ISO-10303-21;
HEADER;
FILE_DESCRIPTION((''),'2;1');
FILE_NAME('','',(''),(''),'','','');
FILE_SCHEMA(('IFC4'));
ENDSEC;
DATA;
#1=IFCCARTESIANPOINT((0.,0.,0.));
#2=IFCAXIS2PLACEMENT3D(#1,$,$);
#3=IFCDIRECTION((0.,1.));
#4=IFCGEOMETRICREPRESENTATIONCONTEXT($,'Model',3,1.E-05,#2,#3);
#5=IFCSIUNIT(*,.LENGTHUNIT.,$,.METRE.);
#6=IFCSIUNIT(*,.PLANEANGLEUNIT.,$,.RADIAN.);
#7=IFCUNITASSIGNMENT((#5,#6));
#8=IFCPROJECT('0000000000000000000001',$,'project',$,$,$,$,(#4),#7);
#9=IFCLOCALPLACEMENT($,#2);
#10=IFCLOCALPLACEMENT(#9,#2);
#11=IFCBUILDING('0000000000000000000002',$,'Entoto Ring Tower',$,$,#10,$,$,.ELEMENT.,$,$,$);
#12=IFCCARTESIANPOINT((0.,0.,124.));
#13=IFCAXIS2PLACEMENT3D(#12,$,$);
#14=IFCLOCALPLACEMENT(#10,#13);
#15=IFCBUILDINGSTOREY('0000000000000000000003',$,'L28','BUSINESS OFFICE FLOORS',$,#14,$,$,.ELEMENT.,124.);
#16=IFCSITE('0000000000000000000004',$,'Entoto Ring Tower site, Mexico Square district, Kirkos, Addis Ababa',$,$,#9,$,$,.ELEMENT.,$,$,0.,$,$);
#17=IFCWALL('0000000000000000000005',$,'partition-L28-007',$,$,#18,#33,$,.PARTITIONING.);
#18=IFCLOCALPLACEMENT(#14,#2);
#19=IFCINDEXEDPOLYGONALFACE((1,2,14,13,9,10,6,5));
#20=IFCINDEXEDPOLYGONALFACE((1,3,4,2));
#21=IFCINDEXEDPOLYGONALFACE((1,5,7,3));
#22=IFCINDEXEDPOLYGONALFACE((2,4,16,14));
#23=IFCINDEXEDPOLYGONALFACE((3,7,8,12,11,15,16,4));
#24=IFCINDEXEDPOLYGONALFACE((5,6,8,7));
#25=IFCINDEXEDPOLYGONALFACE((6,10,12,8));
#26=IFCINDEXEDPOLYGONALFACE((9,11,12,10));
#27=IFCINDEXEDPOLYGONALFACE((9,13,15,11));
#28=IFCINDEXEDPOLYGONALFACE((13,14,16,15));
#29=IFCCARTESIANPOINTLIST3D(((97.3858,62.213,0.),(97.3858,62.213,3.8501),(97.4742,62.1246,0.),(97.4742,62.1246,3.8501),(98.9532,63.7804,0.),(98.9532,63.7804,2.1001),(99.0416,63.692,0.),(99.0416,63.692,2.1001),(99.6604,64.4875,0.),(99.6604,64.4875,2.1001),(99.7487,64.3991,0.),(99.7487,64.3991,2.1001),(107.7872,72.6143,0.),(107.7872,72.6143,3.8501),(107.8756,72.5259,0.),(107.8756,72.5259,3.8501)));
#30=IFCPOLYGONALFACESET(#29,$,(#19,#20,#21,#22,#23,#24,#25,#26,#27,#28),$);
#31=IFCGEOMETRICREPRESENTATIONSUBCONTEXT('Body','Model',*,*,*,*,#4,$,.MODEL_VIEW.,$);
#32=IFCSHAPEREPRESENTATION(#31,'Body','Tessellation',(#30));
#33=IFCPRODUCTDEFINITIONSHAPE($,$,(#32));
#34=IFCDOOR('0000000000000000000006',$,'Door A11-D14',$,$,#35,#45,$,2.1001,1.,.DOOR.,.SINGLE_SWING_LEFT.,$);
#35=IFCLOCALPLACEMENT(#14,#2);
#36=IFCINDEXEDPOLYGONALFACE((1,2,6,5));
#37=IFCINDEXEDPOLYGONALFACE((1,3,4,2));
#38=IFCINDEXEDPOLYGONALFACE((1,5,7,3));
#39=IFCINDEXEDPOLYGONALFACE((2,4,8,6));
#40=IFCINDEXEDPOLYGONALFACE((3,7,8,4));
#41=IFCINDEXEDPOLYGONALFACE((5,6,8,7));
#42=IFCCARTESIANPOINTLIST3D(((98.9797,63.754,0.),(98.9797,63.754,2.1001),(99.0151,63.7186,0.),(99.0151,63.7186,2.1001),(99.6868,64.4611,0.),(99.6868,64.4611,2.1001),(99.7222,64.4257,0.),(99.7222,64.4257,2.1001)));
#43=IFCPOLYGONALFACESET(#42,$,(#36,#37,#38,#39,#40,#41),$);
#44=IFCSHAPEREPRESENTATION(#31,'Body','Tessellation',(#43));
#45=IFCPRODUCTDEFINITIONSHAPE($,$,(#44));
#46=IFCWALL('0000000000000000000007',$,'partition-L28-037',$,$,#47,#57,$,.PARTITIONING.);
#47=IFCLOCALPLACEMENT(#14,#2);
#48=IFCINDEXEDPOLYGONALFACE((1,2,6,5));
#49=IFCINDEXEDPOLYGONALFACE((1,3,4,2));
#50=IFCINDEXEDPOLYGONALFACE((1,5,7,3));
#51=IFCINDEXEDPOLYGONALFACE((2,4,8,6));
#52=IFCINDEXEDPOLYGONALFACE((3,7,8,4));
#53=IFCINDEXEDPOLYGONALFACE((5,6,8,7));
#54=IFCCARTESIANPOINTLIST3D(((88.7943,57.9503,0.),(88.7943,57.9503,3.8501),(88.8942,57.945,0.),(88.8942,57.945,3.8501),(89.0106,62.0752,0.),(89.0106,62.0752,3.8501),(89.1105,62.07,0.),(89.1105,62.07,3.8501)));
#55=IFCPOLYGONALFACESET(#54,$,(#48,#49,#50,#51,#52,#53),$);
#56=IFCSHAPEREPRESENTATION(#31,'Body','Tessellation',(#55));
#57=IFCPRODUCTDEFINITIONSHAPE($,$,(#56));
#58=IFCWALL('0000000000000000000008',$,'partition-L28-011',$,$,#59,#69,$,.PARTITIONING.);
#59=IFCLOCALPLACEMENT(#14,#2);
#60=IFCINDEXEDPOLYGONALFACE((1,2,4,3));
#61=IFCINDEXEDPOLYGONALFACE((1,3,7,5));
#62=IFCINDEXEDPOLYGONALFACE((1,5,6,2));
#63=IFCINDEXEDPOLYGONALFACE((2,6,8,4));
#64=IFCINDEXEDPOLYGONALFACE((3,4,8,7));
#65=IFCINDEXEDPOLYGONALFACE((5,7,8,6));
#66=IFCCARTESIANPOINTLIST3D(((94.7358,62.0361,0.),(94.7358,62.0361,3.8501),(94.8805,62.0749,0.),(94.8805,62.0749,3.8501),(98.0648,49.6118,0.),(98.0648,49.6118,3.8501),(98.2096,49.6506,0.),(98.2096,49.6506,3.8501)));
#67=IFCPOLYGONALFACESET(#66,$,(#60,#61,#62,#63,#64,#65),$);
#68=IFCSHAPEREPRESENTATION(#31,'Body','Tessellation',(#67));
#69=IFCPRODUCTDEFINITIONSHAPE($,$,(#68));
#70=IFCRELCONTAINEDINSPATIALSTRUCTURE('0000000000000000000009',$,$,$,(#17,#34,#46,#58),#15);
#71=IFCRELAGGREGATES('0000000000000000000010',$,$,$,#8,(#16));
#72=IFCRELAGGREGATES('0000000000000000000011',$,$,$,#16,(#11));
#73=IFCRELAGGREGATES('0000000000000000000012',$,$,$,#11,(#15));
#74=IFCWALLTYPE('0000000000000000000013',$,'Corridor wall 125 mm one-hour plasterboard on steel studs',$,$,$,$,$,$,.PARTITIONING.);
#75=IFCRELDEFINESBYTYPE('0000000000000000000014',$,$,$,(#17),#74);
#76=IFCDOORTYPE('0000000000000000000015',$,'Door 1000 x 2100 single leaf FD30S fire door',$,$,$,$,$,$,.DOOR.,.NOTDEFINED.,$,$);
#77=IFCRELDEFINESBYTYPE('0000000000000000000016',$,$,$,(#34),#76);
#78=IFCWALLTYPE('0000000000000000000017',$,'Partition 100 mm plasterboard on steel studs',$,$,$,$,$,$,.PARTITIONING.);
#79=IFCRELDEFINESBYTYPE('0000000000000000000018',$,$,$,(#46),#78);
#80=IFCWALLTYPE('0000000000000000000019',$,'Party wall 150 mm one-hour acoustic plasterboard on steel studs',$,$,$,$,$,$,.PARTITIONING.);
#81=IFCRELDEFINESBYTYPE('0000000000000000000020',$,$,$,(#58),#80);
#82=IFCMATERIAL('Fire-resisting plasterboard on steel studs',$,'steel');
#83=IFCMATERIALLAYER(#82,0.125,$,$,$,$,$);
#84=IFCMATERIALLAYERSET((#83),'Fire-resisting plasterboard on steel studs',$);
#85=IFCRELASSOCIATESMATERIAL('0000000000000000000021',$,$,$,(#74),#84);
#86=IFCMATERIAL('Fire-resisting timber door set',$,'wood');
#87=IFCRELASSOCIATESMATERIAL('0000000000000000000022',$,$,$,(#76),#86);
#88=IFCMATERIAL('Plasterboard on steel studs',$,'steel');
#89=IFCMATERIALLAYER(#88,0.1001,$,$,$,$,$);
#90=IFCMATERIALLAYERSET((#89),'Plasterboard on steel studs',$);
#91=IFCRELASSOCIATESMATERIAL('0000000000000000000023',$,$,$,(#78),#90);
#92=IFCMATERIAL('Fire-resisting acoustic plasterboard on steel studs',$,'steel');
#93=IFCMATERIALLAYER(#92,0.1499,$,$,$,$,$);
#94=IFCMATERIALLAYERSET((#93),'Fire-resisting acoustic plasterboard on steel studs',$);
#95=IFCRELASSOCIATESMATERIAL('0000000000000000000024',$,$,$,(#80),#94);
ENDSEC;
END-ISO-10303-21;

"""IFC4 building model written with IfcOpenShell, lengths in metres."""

from ifc_helpers import new_model, si_unit, direction, frame, frame_2d, origin, place, context, subcontext, project, spatial, rectangle, extrude, material, layer, layer_set, type_object, element, fill, save


model = new_model("IFC4")

# Units and contexts
model_context = context("Model", 3, precision=1e-05, world=origin(), true_north=direction((0.0, 1.0)))
body_context = subcontext(model_context, "Body", "Model", "MODEL_VIEW")
ifc_project = project(units=[si_unit("LENGTHUNIT", "METRE"), si_unit("PLANEANGLEUNIT", "RADIAN")], contexts=[model_context])

# Site, building, storey
site_placement = place(None, origin())
site = spatial("IfcSite", under=ifc_project, at=site_placement, Name="Entoto Ring Tower site, Mexico Square district, Kirkos, Addis Ababa", CompositionType="ELEMENT", RefElevation=0.0)
building_placement = place(site_placement, origin())
building = spatial("IfcBuilding", under=site, at=building_placement, Name="Entoto Ring Tower", CompositionType="ELEMENT")
storey_placement = place(building_placement, frame((0.0, 0.0, 124.0)))
storey = spatial("IfcBuildingStorey", under=building, at=storey_placement, Name="L28", Description="BUSINESS OFFICE FLOORS", CompositionType="ELEMENT", Elevation=124.0)

# Wall, opening, door
ifc_material_1 = material(Name="Fire-resisting plasterboard on steel studs", Category="steel")
ifc_layer_1 = layer(ifc_material_1, 0.125)
ifc_layer_set_1 = layer_set([ifc_layer_1], Name="Fire-resisting plasterboard on steel studs")
wall_type_1 = type_object("IfcWallType", Name="Corridor wall 125 mm one-hour plasterboard on steel studs", PredefinedType="PARTITIONING", material=ifc_layer_set_1)
wall_1_placement = place(storey_placement, frame((97.4299, 62.1687, 0.0), z_axis=(0.0, 0.0, 1.0), x_axis=(0.707107, 0.707107, 0.0)))
wall_1 = element("IfcWall", 1, at=wall_1_placement, inside=storey, type_object=wall_type_1, Name="partition-L28-007", PredefinedType="PARTITIONING", context=body_context, shape_type="SweptSolid", body=[
    extrude(rectangle(XDim=14.7097, YDim=0.125, at=frame_2d((7.355, 0.0))), origin(), (0.0, 0.0, 1.0), 3.8501),
])
opening_placement = place(wall_1_placement, frame((2.2168, 0.0, 0.0)))
opening = element("IfcOpeningElement", 2, at=opening_placement, cuts=wall_1, PredefinedType="OPENING", context=body_context, shape_type="SweptSolid", body=[
    extrude(rectangle(XDim=1.0, YDim=2.1001, at=frame_2d((0.5, 1.05))), frame((0.0, 0.0725, 0.0), z_axis=(0.0, -1.0, 0.0), x_axis=(1.0, 0.0, 0.0)), (0.0, 0.0, 1.0), 0.145),
])
ifc_material_2 = material(Name="Fire-resisting timber door set", Category="wood")
door_type = type_object("IfcDoorType", Name="Door 1000 x 2100 single leaf FD30S fire door", OperationType="NOTDEFINED", PredefinedType="DOOR", material=ifc_material_2)
door_placement = place(opening_placement, frame((1.0, 0.0, 0.0), z_axis=(0.0, 0.0, 1.0), x_axis=(-1.0, 0.0, 0.0)))
door = element("IfcDoor", 3, at=door_placement, inside=storey, type_object=door_type, Name="Door A11-D14", OperationType="SINGLE_SWING_LEFT", OverallHeight=2.1001, OverallWidth=1.0, PredefinedType="DOOR", context=body_context, shape_type="SweptSolid", body=[
    extrude(rectangle(XDim=1.0, YDim=2.1001, at=frame_2d((0.5, 1.05))), frame((0.0, 0.0249, 0.0), z_axis=(0.0, -1.0, 0.0), x_axis=(1.0, 0.0, 0.0)), (0.0, 0.0, 1.0), 0.05),
])
fill(opening, door)

# Walls
ifc_material_3 = material(Name="Plasterboard on steel studs", Category="steel")
ifc_layer_2 = layer(ifc_material_3, 0.1001)
ifc_layer_set_2 = layer_set([ifc_layer_2], Name="Plasterboard on steel studs")
wall_type_2 = type_object("IfcWallType", Name="Partition 100 mm plasterboard on steel studs", PredefinedType="PARTITIONING", material=ifc_layer_set_2)
wall_2_placement = place(storey_placement, frame((88.8442, 57.9475, 0.0), z_axis=(0.0, 0.0, 1.0), x_axis=(0.052366, 0.998628, 0.0)))
element("IfcWall", 4, at=wall_2_placement, inside=storey, type_object=wall_type_2, Name="partition-L28-037", PredefinedType="PARTITIONING", context=body_context, shape_type="SweptSolid", body=[
    extrude(rectangle(XDim=4.1306, YDim=0.1001, at=frame_2d((2.0654, 0.0))), origin(), (0.0, 0.0, 1.0), 3.8501),
])
ifc_material_4 = material(Name="Fire-resisting acoustic plasterboard on steel studs", Category="steel")
ifc_layer_3 = layer(ifc_material_4, 0.1499)
ifc_layer_set_3 = layer_set([ifc_layer_3], Name="Fire-resisting acoustic plasterboard on steel studs")
wall_type_3 = type_object("IfcWallType", Name="Party wall 150 mm one-hour acoustic plasterboard on steel studs", PredefinedType="PARTITIONING", material=ifc_layer_set_3)
wall_3_placement = place(storey_placement, frame((98.1372, 49.6313, 0.0), z_axis=(0.0, 0.0, 1.0), x_axis=(-0.25882, 0.965926, 0.0)))
element("IfcWall", 5, at=wall_3_placement, inside=storey, type_object=wall_type_3, Name="partition-L28-011", PredefinedType="PARTITIONING", context=body_context, shape_type="SweptSolid", body=[
    extrude(rectangle(XDim=12.8625, YDim=0.1499, at=frame_2d((6.4312, 0.0))), origin(), (0.0, 0.0, 1.0), 3.8501),
])

save(model, "model.ifc")
